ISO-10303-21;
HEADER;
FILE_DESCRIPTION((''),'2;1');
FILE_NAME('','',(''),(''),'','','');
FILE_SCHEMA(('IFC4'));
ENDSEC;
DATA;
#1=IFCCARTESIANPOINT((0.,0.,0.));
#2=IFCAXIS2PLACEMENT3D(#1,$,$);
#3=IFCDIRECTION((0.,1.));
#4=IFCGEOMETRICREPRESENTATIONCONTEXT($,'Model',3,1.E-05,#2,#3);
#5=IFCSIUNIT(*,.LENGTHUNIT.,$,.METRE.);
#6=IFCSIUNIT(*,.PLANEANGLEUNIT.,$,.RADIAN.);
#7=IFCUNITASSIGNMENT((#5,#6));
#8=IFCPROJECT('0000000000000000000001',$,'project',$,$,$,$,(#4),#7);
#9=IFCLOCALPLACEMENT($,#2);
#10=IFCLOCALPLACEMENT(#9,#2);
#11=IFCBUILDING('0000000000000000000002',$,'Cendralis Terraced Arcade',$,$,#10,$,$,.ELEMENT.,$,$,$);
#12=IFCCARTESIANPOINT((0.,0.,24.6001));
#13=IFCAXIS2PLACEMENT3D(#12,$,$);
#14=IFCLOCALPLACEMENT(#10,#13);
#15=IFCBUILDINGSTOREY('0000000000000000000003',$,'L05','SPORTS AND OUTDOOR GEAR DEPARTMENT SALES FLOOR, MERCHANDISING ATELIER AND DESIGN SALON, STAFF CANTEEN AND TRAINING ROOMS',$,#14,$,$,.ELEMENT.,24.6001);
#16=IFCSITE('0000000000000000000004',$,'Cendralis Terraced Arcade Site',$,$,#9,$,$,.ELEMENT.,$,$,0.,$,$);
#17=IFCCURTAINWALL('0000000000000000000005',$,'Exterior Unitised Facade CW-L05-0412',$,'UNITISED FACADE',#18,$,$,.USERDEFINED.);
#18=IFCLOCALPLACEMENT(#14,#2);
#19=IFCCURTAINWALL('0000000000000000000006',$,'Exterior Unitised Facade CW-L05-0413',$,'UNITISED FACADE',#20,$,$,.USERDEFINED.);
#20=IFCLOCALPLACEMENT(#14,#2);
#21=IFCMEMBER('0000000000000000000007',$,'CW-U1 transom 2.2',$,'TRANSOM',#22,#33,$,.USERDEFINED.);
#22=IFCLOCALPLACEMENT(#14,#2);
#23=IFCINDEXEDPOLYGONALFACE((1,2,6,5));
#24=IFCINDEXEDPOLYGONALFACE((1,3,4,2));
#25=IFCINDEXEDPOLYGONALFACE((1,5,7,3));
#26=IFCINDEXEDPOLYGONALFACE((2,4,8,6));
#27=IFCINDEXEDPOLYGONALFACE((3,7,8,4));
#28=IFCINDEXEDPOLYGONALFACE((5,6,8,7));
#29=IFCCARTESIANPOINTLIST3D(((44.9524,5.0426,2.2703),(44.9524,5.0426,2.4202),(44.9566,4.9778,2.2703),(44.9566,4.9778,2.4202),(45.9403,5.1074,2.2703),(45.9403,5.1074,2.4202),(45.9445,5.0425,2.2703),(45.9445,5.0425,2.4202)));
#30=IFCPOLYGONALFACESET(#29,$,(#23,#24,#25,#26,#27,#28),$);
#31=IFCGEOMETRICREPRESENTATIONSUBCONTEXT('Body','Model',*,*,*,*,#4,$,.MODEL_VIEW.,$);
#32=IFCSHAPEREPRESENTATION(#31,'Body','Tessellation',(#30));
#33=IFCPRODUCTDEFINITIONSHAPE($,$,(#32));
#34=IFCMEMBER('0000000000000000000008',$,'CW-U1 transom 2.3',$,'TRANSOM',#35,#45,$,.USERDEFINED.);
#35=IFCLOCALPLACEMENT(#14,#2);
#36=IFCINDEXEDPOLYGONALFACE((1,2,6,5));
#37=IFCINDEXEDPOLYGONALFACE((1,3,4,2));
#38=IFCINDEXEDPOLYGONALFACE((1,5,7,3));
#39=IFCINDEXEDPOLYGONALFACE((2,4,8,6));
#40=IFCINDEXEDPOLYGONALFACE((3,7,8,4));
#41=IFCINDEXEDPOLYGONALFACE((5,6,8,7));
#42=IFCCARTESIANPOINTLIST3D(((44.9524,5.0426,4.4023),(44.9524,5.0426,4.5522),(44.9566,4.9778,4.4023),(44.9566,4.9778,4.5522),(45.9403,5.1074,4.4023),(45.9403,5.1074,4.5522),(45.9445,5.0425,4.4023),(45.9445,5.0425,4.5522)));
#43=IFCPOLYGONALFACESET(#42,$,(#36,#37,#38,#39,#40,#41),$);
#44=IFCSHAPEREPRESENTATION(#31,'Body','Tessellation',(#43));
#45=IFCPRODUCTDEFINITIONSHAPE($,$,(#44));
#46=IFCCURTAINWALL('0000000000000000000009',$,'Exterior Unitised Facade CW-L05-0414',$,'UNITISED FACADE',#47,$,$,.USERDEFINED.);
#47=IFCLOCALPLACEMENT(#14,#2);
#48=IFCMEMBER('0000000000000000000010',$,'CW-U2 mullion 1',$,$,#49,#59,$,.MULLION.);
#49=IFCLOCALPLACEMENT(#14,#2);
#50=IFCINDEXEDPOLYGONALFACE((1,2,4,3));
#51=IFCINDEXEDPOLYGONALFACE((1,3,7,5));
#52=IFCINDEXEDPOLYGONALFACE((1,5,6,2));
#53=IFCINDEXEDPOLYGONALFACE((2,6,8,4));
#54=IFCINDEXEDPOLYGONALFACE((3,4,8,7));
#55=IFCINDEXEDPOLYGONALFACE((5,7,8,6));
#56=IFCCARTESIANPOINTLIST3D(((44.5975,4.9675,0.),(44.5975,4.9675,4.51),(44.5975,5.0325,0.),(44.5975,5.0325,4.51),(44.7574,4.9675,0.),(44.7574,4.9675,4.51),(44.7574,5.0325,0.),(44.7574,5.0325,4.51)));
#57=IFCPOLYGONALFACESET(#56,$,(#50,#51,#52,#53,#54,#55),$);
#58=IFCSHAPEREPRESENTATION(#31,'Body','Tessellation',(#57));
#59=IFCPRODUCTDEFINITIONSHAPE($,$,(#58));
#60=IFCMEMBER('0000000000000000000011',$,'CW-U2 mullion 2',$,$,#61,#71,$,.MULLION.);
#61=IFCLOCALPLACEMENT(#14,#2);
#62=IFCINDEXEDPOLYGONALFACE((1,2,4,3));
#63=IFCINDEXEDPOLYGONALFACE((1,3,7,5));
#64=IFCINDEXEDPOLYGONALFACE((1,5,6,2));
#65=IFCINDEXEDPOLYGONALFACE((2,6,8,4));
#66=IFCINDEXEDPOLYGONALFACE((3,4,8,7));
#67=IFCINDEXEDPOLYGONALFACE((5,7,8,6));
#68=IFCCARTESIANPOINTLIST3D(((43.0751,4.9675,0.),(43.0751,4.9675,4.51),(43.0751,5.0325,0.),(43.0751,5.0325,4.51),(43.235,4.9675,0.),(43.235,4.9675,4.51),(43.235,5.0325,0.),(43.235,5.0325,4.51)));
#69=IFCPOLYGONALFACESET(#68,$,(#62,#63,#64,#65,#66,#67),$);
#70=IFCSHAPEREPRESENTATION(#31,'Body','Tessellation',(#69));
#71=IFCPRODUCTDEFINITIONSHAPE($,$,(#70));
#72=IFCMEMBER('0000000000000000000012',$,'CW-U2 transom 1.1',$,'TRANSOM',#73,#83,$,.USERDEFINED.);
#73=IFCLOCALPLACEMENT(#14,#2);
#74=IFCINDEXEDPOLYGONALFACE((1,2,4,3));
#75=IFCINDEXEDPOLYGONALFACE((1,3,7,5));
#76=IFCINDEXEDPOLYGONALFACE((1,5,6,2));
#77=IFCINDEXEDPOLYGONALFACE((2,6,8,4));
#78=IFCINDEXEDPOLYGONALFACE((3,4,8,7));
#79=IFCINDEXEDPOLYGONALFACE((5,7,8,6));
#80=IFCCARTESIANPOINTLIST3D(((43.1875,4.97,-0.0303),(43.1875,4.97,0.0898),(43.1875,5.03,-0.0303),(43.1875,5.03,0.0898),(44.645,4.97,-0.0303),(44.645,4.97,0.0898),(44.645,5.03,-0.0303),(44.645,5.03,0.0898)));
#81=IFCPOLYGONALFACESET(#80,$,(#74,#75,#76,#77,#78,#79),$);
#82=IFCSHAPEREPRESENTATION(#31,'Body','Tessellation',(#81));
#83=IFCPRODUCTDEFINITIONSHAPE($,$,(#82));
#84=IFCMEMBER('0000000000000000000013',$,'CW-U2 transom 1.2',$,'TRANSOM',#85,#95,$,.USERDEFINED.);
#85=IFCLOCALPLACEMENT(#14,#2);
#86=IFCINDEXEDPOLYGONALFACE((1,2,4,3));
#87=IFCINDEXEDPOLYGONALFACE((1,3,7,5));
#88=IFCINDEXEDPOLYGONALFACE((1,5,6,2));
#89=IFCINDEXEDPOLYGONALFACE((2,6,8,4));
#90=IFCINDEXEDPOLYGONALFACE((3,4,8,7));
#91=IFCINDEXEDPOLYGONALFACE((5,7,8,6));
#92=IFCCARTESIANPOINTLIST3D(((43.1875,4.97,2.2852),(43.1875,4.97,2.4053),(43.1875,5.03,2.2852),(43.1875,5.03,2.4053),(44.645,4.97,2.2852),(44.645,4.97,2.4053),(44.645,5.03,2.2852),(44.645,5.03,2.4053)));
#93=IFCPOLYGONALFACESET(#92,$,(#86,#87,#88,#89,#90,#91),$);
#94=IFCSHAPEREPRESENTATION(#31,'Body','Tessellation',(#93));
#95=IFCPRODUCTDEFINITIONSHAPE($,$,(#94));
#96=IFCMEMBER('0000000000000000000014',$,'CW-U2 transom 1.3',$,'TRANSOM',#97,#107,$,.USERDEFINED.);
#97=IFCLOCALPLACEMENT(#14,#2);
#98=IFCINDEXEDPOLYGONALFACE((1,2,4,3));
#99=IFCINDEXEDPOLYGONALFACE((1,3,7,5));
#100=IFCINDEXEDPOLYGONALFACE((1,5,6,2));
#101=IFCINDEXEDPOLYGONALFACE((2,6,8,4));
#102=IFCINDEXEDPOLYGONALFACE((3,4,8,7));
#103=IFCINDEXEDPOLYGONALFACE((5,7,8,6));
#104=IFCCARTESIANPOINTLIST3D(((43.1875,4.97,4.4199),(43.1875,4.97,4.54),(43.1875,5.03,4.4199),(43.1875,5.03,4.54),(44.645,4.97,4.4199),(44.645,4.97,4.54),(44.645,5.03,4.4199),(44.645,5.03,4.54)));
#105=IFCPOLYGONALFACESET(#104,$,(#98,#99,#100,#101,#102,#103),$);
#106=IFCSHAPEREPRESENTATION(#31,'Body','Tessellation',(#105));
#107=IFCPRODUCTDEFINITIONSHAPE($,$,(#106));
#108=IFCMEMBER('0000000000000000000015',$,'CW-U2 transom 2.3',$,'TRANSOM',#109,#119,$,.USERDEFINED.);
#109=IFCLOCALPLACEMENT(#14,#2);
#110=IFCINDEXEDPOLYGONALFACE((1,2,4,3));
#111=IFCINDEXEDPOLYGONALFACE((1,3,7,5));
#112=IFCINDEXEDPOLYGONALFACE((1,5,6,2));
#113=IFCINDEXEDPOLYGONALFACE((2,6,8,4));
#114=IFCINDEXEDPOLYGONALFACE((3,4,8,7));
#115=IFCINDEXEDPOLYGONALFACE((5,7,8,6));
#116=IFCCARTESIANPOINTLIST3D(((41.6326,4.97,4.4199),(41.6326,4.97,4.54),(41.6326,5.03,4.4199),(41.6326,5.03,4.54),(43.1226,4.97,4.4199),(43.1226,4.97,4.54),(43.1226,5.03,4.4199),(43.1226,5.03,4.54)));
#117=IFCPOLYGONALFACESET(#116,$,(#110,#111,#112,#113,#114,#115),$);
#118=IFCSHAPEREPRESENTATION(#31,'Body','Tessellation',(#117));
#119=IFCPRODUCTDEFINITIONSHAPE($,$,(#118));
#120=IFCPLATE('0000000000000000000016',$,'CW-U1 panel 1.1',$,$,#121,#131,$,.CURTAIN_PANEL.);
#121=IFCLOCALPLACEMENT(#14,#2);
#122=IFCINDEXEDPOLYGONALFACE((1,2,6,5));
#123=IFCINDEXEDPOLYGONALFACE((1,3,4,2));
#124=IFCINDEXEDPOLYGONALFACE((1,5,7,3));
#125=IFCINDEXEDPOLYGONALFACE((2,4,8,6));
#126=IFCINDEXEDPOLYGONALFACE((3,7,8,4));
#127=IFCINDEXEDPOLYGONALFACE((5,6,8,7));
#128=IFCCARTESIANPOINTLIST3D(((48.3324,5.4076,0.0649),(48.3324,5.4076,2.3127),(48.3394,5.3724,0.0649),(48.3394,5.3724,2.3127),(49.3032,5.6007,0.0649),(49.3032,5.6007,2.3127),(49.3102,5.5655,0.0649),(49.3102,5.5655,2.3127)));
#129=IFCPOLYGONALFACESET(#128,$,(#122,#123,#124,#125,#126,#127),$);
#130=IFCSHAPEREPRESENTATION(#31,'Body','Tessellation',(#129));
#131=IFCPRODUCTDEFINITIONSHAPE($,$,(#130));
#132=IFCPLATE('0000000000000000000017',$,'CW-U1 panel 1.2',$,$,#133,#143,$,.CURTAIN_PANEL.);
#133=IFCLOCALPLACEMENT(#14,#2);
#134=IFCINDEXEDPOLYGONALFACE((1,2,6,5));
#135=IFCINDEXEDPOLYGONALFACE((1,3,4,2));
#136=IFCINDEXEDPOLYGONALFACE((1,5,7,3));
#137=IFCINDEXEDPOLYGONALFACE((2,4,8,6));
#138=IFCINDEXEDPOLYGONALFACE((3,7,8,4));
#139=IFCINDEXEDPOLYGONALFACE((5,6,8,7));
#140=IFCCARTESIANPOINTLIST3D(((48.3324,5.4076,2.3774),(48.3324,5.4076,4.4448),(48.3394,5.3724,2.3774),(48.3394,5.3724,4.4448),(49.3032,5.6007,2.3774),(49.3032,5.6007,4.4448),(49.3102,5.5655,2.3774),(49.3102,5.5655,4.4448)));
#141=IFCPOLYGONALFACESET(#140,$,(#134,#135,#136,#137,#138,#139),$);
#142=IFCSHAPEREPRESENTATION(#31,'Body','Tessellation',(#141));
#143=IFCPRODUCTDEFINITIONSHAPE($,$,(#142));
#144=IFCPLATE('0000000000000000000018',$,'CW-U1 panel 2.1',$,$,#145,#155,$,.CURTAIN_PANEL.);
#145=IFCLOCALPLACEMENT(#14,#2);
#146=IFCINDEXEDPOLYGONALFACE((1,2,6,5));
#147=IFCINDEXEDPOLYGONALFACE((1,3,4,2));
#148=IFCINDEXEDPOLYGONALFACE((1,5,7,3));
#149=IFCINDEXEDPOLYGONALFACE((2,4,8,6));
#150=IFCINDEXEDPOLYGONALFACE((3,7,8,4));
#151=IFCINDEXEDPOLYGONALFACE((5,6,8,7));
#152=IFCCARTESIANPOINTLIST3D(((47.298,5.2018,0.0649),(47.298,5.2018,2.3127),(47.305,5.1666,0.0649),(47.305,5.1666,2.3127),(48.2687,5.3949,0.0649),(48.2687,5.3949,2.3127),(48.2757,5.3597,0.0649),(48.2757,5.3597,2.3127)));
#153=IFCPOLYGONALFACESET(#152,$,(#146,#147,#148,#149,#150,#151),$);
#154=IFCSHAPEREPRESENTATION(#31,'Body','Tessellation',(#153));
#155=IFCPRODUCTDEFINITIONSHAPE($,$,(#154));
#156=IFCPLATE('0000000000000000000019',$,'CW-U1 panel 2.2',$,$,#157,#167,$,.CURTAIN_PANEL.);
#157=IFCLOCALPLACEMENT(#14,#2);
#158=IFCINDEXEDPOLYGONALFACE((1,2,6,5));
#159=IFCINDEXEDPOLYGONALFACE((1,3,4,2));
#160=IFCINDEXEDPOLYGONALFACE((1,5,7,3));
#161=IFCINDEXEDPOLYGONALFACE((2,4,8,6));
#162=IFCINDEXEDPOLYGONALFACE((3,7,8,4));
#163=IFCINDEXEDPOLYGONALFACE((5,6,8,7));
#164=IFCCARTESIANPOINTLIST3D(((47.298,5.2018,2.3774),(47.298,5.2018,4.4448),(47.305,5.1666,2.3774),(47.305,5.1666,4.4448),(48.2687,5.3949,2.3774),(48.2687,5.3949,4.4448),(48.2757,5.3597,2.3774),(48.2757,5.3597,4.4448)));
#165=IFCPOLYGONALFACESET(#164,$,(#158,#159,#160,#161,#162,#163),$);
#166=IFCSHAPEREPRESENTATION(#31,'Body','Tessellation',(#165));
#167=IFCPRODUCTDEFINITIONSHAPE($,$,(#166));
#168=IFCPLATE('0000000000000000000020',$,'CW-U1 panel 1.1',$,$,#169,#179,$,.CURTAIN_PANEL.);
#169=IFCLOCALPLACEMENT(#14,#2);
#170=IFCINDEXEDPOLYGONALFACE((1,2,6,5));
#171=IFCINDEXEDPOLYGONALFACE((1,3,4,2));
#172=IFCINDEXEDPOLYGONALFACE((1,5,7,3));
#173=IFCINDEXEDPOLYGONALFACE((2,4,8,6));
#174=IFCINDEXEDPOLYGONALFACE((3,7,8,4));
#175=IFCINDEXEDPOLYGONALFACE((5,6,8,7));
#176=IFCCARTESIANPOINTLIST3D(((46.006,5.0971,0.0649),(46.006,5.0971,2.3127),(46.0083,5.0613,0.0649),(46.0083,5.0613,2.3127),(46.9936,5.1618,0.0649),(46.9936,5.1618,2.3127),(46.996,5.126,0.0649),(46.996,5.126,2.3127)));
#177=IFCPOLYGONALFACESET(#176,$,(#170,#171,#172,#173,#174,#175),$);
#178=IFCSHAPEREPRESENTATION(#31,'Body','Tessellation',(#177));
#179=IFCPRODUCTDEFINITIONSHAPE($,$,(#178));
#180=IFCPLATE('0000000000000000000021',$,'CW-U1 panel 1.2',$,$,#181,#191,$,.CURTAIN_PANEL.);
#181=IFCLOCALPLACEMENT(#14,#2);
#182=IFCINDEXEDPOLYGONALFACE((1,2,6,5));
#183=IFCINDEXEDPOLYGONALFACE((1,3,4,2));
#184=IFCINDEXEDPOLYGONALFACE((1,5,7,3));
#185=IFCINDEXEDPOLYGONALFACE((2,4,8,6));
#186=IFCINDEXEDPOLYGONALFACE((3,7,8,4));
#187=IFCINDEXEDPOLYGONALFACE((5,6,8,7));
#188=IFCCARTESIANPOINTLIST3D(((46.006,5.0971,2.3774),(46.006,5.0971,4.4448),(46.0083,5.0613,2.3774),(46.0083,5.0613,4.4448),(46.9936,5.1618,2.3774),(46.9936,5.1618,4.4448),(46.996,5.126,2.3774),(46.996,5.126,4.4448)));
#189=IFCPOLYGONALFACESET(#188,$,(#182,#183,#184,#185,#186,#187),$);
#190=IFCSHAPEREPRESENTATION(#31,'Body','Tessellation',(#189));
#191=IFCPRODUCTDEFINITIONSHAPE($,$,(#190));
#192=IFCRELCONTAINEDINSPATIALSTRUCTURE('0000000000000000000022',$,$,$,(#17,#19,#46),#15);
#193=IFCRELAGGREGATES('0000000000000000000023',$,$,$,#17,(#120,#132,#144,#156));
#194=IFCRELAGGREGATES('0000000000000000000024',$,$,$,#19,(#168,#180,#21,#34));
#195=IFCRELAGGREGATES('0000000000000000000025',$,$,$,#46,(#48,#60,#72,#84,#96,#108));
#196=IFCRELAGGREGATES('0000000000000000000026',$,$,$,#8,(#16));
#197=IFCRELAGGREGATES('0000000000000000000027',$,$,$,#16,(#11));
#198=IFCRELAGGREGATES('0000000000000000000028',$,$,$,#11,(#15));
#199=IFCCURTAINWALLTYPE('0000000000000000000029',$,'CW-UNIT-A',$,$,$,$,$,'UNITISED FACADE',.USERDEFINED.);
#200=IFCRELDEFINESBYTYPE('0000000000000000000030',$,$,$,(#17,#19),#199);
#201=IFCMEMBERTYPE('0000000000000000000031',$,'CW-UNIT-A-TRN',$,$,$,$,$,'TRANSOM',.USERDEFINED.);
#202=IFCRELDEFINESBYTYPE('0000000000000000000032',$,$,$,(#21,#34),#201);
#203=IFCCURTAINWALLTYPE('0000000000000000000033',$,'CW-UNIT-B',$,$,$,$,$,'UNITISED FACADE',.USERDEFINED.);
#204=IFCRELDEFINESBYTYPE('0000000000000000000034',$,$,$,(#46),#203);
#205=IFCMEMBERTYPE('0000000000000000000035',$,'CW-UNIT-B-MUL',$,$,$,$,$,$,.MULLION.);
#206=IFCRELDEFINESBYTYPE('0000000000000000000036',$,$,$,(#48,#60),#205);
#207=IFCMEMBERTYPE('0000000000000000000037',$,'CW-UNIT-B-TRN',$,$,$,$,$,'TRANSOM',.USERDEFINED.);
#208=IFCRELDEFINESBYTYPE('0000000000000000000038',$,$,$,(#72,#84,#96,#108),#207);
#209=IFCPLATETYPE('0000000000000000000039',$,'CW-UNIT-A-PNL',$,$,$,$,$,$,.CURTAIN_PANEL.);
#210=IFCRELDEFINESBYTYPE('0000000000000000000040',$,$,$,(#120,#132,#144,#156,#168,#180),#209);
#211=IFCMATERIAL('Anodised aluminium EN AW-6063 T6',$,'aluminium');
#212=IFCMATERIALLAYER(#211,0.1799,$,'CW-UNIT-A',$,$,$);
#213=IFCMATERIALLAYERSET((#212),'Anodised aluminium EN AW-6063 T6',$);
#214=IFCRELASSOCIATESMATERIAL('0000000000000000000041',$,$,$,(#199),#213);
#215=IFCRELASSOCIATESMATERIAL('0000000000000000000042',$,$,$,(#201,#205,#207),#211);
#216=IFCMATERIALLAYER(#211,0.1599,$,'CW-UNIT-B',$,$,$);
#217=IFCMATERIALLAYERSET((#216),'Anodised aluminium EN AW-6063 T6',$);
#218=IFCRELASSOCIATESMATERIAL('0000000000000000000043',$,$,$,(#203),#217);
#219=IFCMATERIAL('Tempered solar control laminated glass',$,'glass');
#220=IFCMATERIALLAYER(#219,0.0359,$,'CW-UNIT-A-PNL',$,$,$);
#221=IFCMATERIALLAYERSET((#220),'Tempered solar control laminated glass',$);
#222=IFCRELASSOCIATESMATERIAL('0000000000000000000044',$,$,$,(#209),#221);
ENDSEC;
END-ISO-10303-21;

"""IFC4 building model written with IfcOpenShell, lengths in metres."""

from ifc_helpers import new_model, si_unit, direction, frame, origin, origin_2d, place, context, subcontext, project, spatial, rectangle, extrude, material, layer, layer_set, material_profile, profile_set, type_object, element, aggregate, save


model = new_model("IFC4")

# Units and contexts
model_context = context("Model", 3, precision=1e-05, world=origin(), true_north=direction((0.0, 1.0)))
body_context = subcontext(model_context, "Body", "Model", "MODEL_VIEW")
ifc_project = project(units=[si_unit("LENGTHUNIT", "METRE"), si_unit("PLANEANGLEUNIT", "RADIAN")], contexts=[model_context])

# Site, building, storey
site_placement = place(None, origin())
site = spatial("IfcSite", under=ifc_project, at=site_placement, Name="Cendralis Terraced Arcade Site", CompositionType="ELEMENT", RefElevation=0.0)
building_placement = place(site_placement, origin())
building = spatial("IfcBuilding", under=site, at=building_placement, Name="Cendralis Terraced Arcade", CompositionType="ELEMENT")
storey_placement = place(building_placement, frame((0.0, 0.0, 24.6001)))
storey = spatial("IfcBuildingStorey", under=building, at=storey_placement, Name="L05", Description="SPORTS AND OUTDOOR GEAR DEPARTMENT SALES FLOOR, MERCHANDISING ATELIER AND DESIGN SALON, STAFF CANTEEN AND TRAINING ROOMS", CompositionType="ELEMENT", Elevation=24.6001)

# Curtain walls
ifc_material_1 = material(Name="Anodised aluminium EN AW-6063 T6", Category="aluminium")
ifc_layer_1 = layer(ifc_material_1, 0.1799, Name="CW-UNIT-A")
ifc_layer_set_1 = layer_set([ifc_layer_1], Name="Anodised aluminium EN AW-6063 T6")
curtain_wall_type_1 = type_object("IfcCurtainWallType", Name="CW-UNIT-A", ElementType="UNITISED FACADE", PredefinedType="USERDEFINED", material=ifc_layer_set_1)
curtain_wall_1_placement = place(storey_placement, origin())
curtain_wall_1 = element("IfcCurtainWall", 1, at=curtain_wall_1_placement, inside=storey, type_object=curtain_wall_type_1, Name="Exterior Unitised Facade CW-L05-0412", ObjectType="UNITISED FACADE", PredefinedType="USERDEFINED")
curtain_wall_2_placement = place(storey_placement, origin())
curtain_wall_2 = element("IfcCurtainWall", 2, at=curtain_wall_2_placement, inside=storey, type_object=curtain_wall_type_1, Name="Exterior Unitised Facade CW-L05-0413", ObjectType="UNITISED FACADE", PredefinedType="USERDEFINED")

# Members
ifc_material_profile_1 = material_profile(ifc_material_1, rectangle(XDim=0.0649, YDim=0.1499, at=origin_2d()), Name="ALU-TRN-65x150")
ifc_profile_set_1 = profile_set([ifc_material_profile_1], Name="Anodised aluminium EN AW-6063 T6")
member_type_1 = type_object("IfcMemberType", Name="CW-UNIT-A-TRN", ElementType="TRANSOM", PredefinedType="USERDEFINED", material=ifc_profile_set_1)
member_1_placement = place(storey_placement, frame((45.9424, 5.075, 2.3452), z_axis=(-0.997862, -0.065357, 0.0), x_axis=(0.065357, -0.997862, 0.0)))
member_1 = element("IfcMember", 3, at=member_1_placement, type_object=member_type_1, Name="CW-U1 transom 2.2", ObjectType="TRANSOM", PredefinedType="USERDEFINED", context=body_context, shape_type="SweptSolid", body=[
    extrude(rectangle(XDim=0.0649, YDim=0.1499, at=origin_2d()), origin(), (0.0, 0.0, 1.0), 0.99),
])
member_2_placement = place(storey_placement, frame((45.9424, 5.075, 4.4773), z_axis=(-0.997862, -0.065357, 0.0), x_axis=(0.065357, -0.997862, 0.0)))
member_2 = element("IfcMember", 4, at=member_2_placement, type_object=member_type_1, Name="CW-U1 transom 2.3", ObjectType="TRANSOM", PredefinedType="USERDEFINED", context=body_context, shape_type="SweptSolid", body=[
    extrude(rectangle(XDim=0.0649, YDim=0.1499, at=origin_2d()), origin(), (0.0, 0.0, 1.0), 0.99),
])

# Curtain wall, members
ifc_layer_2 = layer(ifc_material_1, 0.1599, Name="CW-UNIT-B")
ifc_layer_set_2 = layer_set([ifc_layer_2], Name="Anodised aluminium EN AW-6063 T6")
curtain_wall_type_2 = type_object("IfcCurtainWallType", Name="CW-UNIT-B", ElementType="UNITISED FACADE", PredefinedType="USERDEFINED", material=ifc_layer_set_2)
curtain_wall_3_placement = place(storey_placement, origin())
curtain_wall_3 = element("IfcCurtainWall", 5, at=curtain_wall_3_placement, inside=storey, type_object=curtain_wall_type_2, Name="Exterior Unitised Facade CW-L05-0414", ObjectType="UNITISED FACADE", PredefinedType="USERDEFINED")
ifc_material_profile_2 = material_profile(ifc_material_1, rectangle(XDim=0.0649, YDim=0.1599, at=origin_2d()), Name="ALU-MUL-65x160")
ifc_profile_set_2 = profile_set([ifc_material_profile_2], Name="Anodised aluminium EN AW-6063 T6")
member_type_2 = type_object("IfcMemberType", Name="CW-UNIT-B-MUL", PredefinedType="MULLION", material=ifc_profile_set_2)
member_3_placement = place(storey_placement, frame((44.6775, 5.0, 0.0), z_axis=(0.0, 0.0, 1.0), x_axis=(0.0, -1.0, 0.0)))
member_3 = element("IfcMember", 6, at=member_3_placement, type_object=member_type_2, Name="CW-U2 mullion 1", PredefinedType="MULLION", context=body_context, shape_type="SweptSolid", body=[
    extrude(rectangle(XDim=0.0649, YDim=0.1599, at=origin_2d()), origin(), (0.0, 0.0, 1.0), 4.51),
])
member_4_placement = place(storey_placement, frame((43.155, 5.0, 0.0), z_axis=(0.0, 0.0, 1.0), x_axis=(0.0, -1.0, 0.0)))
member_4 = element("IfcMember", 7, at=member_4_placement, type_object=member_type_2, Name="CW-U2 mullion 2", PredefinedType="MULLION", context=body_context, shape_type="SweptSolid", body=[
    extrude(rectangle(XDim=0.0649, YDim=0.1599, at=origin_2d()), origin(), (0.0, 0.0, 1.0), 4.51),
])
ifc_material_profile_3 = material_profile(ifc_material_1, rectangle(XDim=0.0601, YDim=0.1201, at=origin_2d()), Name="ALU-TRN-60x120")
ifc_profile_set_3 = profile_set([ifc_material_profile_3], Name="Anodised aluminium EN AW-6063 T6")
member_type_3 = type_object("IfcMemberType", Name="CW-UNIT-B-TRN", ElementType="TRANSOM", PredefinedType="USERDEFINED", material=ifc_profile_set_3)
member_5_placement = place(storey_placement, frame((44.645, 5.0, 0.0298), z_axis=(-1.0, 0.0, 0.0), x_axis=(0.0, -1.0, 0.0)))
member_5 = element("IfcMember", 8, at=member_5_placement, type_object=member_type_3, Name="CW-U2 transom 1.1", ObjectType="TRANSOM", PredefinedType="USERDEFINED", context=body_context, shape_type="SweptSolid", body=[
    extrude(rectangle(XDim=0.0601, YDim=0.1201, at=origin_2d()), origin(), (0.0, 0.0, 1.0), 1.4575),
])
member_6_placement = place(storey_placement, frame((44.645, 5.0, 2.3452), z_axis=(-1.0, 0.0, 0.0), x_axis=(0.0, -1.0, 0.0)))
member_6 = element("IfcMember", 9, at=member_6_placement, type_object=member_type_3, Name="CW-U2 transom 1.2", ObjectType="TRANSOM", PredefinedType="USERDEFINED", context=body_context, shape_type="SweptSolid", body=[
    extrude(rectangle(XDim=0.0601, YDim=0.1201, at=origin_2d()), origin(), (0.0, 0.0, 1.0), 1.4575),
])
member_7_placement = place(storey_placement, frame((44.645, 5.0, 4.48), z_axis=(-1.0, 0.0, 0.0), x_axis=(0.0, -1.0, 0.0)))
member_7 = element("IfcMember", 10, at=member_7_placement, type_object=member_type_3, Name="CW-U2 transom 1.3", ObjectType="TRANSOM", PredefinedType="USERDEFINED", context=body_context, shape_type="SweptSolid", body=[
    extrude(rectangle(XDim=0.0601, YDim=0.1201, at=origin_2d()), origin(), (0.0, 0.0, 1.0), 1.4575),
])
member_8_placement = place(storey_placement, frame((43.1226, 5.0, 4.48), z_axis=(-1.0, 0.0, 0.0), x_axis=(0.0, -1.0, 0.0)))
member_8 = element("IfcMember", 11, at=member_8_placement, type_object=member_type_3, Name="CW-U2 transom 2.3", ObjectType="TRANSOM", PredefinedType="USERDEFINED", context=body_context, shape_type="SweptSolid", body=[
    extrude(rectangle(XDim=0.0601, YDim=0.1201, at=origin_2d()), origin(), (0.0, 0.0, 1.0), 1.49),
])

# Plates
ifc_material_2 = material(Name="Tempered solar control laminated glass", Category="glass")
ifc_layer_3 = layer(ifc_material_2, 0.0359, Name="CW-UNIT-A-PNL")
ifc_layer_set_3 = layer_set([ifc_layer_3], Name="Tempered solar control laminated glass")
plate_type_1 = type_object("IfcPlateType", Name="CW-UNIT-A-PNL", PredefinedType="CURTAIN_PANEL", material=ifc_layer_set_3)
plate_1_placement = place(storey_placement, frame((48.8213, 5.4866, 0.0649), z_axis=(0.0, 0.0, 1.0), x_axis=(-0.980794, -0.195046, 0.0)))
plate_1 = element("IfcPlate", 12, at=plate_1_placement, type_object=plate_type_1, Name="CW-U1 panel 1.1", PredefinedType="CURTAIN_PANEL", context=body_context, shape_type="SweptSolid", body=[
    extrude(rectangle(XDim=0.9897, YDim=0.0359, at=origin_2d()), origin(), (0.0, 0.0, 1.0), 2.2478),
])
plate_2_placement = place(storey_placement, frame((48.8213, 5.4866, 2.3774), z_axis=(0.0, 0.0, 1.0), x_axis=(-0.980794, -0.195046, 0.0)))
plate_2 = element("IfcPlate", 13, at=plate_2_placement, type_object=plate_type_1, Name="CW-U1 panel 1.2", PredefinedType="CURTAIN_PANEL", context=body_context, shape_type="SweptSolid", body=[
    extrude(rectangle(XDim=0.9897, YDim=0.0359, at=origin_2d()), origin(), (0.0, 0.0, 1.0), 2.0674),
])
plate_3_placement = place(storey_placement, frame((47.7869, 5.2808, 0.0649), z_axis=(0.0, 0.0, 1.0), x_axis=(-0.980794, -0.195046, 0.0)))
plate_3 = element("IfcPlate", 14, at=plate_3_placement, type_object=plate_type_1, Name="CW-U1 panel 2.1", PredefinedType="CURTAIN_PANEL", context=body_context, shape_type="SweptSolid", body=[
    extrude(rectangle(XDim=0.9897, YDim=0.0359, at=origin_2d()), origin(), (0.0, 0.0, 1.0), 2.2478),
])
plate_4_placement = place(storey_placement, frame((47.7869, 5.2808, 2.3774), z_axis=(0.0, 0.0, 1.0), x_axis=(-0.980794, -0.195046, 0.0)))
plate_4 = element("IfcPlate", 15, at=plate_4_placement, type_object=plate_type_1, Name="CW-U1 panel 2.2", PredefinedType="CURTAIN_PANEL", context=body_context, shape_type="SweptSolid", body=[
    extrude(rectangle(XDim=0.9897, YDim=0.0359, at=origin_2d()), origin(), (0.0, 0.0, 1.0), 2.0674),
])
aggregate(curtain_wall_1, [plate_1, plate_2, plate_3, plate_4])
plate_5_placement = place(storey_placement, frame((46.501, 5.1116, 0.0649), z_axis=(0.0, 0.0, 1.0), x_axis=(-0.99786, -0.065393, 0.0)))
plate_5 = element("IfcPlate", 16, at=plate_5_placement, type_object=plate_type_1, Name="CW-U1 panel 1.1", PredefinedType="CURTAIN_PANEL", context=body_context, shape_type="SweptSolid", body=[
    extrude(rectangle(XDim=0.9897, YDim=0.0359, at=origin_2d()), origin(), (0.0, 0.0, 1.0), 2.2478),
])
plate_6_placement = place(storey_placement, frame((46.501, 5.1116, 2.3774), z_axis=(0.0, 0.0, 1.0), x_axis=(-0.99786, -0.065393, 0.0)))
plate_6 = element("IfcPlate", 17, at=plate_6_placement, type_object=plate_type_1, Name="CW-U1 panel 1.2", PredefinedType="CURTAIN_PANEL", context=body_context, shape_type="SweptSolid", body=[
    extrude(rectangle(XDim=0.9897, YDim=0.0359, at=origin_2d()), origin(), (0.0, 0.0, 1.0), 2.0674),
])
aggregate(curtain_wall_2, [plate_5, plate_6, member_1, member_2])
aggregate(curtain_wall_3, [member_3, member_4, member_5, member_6, member_7, member_8])

save(model, "model.ifc")
